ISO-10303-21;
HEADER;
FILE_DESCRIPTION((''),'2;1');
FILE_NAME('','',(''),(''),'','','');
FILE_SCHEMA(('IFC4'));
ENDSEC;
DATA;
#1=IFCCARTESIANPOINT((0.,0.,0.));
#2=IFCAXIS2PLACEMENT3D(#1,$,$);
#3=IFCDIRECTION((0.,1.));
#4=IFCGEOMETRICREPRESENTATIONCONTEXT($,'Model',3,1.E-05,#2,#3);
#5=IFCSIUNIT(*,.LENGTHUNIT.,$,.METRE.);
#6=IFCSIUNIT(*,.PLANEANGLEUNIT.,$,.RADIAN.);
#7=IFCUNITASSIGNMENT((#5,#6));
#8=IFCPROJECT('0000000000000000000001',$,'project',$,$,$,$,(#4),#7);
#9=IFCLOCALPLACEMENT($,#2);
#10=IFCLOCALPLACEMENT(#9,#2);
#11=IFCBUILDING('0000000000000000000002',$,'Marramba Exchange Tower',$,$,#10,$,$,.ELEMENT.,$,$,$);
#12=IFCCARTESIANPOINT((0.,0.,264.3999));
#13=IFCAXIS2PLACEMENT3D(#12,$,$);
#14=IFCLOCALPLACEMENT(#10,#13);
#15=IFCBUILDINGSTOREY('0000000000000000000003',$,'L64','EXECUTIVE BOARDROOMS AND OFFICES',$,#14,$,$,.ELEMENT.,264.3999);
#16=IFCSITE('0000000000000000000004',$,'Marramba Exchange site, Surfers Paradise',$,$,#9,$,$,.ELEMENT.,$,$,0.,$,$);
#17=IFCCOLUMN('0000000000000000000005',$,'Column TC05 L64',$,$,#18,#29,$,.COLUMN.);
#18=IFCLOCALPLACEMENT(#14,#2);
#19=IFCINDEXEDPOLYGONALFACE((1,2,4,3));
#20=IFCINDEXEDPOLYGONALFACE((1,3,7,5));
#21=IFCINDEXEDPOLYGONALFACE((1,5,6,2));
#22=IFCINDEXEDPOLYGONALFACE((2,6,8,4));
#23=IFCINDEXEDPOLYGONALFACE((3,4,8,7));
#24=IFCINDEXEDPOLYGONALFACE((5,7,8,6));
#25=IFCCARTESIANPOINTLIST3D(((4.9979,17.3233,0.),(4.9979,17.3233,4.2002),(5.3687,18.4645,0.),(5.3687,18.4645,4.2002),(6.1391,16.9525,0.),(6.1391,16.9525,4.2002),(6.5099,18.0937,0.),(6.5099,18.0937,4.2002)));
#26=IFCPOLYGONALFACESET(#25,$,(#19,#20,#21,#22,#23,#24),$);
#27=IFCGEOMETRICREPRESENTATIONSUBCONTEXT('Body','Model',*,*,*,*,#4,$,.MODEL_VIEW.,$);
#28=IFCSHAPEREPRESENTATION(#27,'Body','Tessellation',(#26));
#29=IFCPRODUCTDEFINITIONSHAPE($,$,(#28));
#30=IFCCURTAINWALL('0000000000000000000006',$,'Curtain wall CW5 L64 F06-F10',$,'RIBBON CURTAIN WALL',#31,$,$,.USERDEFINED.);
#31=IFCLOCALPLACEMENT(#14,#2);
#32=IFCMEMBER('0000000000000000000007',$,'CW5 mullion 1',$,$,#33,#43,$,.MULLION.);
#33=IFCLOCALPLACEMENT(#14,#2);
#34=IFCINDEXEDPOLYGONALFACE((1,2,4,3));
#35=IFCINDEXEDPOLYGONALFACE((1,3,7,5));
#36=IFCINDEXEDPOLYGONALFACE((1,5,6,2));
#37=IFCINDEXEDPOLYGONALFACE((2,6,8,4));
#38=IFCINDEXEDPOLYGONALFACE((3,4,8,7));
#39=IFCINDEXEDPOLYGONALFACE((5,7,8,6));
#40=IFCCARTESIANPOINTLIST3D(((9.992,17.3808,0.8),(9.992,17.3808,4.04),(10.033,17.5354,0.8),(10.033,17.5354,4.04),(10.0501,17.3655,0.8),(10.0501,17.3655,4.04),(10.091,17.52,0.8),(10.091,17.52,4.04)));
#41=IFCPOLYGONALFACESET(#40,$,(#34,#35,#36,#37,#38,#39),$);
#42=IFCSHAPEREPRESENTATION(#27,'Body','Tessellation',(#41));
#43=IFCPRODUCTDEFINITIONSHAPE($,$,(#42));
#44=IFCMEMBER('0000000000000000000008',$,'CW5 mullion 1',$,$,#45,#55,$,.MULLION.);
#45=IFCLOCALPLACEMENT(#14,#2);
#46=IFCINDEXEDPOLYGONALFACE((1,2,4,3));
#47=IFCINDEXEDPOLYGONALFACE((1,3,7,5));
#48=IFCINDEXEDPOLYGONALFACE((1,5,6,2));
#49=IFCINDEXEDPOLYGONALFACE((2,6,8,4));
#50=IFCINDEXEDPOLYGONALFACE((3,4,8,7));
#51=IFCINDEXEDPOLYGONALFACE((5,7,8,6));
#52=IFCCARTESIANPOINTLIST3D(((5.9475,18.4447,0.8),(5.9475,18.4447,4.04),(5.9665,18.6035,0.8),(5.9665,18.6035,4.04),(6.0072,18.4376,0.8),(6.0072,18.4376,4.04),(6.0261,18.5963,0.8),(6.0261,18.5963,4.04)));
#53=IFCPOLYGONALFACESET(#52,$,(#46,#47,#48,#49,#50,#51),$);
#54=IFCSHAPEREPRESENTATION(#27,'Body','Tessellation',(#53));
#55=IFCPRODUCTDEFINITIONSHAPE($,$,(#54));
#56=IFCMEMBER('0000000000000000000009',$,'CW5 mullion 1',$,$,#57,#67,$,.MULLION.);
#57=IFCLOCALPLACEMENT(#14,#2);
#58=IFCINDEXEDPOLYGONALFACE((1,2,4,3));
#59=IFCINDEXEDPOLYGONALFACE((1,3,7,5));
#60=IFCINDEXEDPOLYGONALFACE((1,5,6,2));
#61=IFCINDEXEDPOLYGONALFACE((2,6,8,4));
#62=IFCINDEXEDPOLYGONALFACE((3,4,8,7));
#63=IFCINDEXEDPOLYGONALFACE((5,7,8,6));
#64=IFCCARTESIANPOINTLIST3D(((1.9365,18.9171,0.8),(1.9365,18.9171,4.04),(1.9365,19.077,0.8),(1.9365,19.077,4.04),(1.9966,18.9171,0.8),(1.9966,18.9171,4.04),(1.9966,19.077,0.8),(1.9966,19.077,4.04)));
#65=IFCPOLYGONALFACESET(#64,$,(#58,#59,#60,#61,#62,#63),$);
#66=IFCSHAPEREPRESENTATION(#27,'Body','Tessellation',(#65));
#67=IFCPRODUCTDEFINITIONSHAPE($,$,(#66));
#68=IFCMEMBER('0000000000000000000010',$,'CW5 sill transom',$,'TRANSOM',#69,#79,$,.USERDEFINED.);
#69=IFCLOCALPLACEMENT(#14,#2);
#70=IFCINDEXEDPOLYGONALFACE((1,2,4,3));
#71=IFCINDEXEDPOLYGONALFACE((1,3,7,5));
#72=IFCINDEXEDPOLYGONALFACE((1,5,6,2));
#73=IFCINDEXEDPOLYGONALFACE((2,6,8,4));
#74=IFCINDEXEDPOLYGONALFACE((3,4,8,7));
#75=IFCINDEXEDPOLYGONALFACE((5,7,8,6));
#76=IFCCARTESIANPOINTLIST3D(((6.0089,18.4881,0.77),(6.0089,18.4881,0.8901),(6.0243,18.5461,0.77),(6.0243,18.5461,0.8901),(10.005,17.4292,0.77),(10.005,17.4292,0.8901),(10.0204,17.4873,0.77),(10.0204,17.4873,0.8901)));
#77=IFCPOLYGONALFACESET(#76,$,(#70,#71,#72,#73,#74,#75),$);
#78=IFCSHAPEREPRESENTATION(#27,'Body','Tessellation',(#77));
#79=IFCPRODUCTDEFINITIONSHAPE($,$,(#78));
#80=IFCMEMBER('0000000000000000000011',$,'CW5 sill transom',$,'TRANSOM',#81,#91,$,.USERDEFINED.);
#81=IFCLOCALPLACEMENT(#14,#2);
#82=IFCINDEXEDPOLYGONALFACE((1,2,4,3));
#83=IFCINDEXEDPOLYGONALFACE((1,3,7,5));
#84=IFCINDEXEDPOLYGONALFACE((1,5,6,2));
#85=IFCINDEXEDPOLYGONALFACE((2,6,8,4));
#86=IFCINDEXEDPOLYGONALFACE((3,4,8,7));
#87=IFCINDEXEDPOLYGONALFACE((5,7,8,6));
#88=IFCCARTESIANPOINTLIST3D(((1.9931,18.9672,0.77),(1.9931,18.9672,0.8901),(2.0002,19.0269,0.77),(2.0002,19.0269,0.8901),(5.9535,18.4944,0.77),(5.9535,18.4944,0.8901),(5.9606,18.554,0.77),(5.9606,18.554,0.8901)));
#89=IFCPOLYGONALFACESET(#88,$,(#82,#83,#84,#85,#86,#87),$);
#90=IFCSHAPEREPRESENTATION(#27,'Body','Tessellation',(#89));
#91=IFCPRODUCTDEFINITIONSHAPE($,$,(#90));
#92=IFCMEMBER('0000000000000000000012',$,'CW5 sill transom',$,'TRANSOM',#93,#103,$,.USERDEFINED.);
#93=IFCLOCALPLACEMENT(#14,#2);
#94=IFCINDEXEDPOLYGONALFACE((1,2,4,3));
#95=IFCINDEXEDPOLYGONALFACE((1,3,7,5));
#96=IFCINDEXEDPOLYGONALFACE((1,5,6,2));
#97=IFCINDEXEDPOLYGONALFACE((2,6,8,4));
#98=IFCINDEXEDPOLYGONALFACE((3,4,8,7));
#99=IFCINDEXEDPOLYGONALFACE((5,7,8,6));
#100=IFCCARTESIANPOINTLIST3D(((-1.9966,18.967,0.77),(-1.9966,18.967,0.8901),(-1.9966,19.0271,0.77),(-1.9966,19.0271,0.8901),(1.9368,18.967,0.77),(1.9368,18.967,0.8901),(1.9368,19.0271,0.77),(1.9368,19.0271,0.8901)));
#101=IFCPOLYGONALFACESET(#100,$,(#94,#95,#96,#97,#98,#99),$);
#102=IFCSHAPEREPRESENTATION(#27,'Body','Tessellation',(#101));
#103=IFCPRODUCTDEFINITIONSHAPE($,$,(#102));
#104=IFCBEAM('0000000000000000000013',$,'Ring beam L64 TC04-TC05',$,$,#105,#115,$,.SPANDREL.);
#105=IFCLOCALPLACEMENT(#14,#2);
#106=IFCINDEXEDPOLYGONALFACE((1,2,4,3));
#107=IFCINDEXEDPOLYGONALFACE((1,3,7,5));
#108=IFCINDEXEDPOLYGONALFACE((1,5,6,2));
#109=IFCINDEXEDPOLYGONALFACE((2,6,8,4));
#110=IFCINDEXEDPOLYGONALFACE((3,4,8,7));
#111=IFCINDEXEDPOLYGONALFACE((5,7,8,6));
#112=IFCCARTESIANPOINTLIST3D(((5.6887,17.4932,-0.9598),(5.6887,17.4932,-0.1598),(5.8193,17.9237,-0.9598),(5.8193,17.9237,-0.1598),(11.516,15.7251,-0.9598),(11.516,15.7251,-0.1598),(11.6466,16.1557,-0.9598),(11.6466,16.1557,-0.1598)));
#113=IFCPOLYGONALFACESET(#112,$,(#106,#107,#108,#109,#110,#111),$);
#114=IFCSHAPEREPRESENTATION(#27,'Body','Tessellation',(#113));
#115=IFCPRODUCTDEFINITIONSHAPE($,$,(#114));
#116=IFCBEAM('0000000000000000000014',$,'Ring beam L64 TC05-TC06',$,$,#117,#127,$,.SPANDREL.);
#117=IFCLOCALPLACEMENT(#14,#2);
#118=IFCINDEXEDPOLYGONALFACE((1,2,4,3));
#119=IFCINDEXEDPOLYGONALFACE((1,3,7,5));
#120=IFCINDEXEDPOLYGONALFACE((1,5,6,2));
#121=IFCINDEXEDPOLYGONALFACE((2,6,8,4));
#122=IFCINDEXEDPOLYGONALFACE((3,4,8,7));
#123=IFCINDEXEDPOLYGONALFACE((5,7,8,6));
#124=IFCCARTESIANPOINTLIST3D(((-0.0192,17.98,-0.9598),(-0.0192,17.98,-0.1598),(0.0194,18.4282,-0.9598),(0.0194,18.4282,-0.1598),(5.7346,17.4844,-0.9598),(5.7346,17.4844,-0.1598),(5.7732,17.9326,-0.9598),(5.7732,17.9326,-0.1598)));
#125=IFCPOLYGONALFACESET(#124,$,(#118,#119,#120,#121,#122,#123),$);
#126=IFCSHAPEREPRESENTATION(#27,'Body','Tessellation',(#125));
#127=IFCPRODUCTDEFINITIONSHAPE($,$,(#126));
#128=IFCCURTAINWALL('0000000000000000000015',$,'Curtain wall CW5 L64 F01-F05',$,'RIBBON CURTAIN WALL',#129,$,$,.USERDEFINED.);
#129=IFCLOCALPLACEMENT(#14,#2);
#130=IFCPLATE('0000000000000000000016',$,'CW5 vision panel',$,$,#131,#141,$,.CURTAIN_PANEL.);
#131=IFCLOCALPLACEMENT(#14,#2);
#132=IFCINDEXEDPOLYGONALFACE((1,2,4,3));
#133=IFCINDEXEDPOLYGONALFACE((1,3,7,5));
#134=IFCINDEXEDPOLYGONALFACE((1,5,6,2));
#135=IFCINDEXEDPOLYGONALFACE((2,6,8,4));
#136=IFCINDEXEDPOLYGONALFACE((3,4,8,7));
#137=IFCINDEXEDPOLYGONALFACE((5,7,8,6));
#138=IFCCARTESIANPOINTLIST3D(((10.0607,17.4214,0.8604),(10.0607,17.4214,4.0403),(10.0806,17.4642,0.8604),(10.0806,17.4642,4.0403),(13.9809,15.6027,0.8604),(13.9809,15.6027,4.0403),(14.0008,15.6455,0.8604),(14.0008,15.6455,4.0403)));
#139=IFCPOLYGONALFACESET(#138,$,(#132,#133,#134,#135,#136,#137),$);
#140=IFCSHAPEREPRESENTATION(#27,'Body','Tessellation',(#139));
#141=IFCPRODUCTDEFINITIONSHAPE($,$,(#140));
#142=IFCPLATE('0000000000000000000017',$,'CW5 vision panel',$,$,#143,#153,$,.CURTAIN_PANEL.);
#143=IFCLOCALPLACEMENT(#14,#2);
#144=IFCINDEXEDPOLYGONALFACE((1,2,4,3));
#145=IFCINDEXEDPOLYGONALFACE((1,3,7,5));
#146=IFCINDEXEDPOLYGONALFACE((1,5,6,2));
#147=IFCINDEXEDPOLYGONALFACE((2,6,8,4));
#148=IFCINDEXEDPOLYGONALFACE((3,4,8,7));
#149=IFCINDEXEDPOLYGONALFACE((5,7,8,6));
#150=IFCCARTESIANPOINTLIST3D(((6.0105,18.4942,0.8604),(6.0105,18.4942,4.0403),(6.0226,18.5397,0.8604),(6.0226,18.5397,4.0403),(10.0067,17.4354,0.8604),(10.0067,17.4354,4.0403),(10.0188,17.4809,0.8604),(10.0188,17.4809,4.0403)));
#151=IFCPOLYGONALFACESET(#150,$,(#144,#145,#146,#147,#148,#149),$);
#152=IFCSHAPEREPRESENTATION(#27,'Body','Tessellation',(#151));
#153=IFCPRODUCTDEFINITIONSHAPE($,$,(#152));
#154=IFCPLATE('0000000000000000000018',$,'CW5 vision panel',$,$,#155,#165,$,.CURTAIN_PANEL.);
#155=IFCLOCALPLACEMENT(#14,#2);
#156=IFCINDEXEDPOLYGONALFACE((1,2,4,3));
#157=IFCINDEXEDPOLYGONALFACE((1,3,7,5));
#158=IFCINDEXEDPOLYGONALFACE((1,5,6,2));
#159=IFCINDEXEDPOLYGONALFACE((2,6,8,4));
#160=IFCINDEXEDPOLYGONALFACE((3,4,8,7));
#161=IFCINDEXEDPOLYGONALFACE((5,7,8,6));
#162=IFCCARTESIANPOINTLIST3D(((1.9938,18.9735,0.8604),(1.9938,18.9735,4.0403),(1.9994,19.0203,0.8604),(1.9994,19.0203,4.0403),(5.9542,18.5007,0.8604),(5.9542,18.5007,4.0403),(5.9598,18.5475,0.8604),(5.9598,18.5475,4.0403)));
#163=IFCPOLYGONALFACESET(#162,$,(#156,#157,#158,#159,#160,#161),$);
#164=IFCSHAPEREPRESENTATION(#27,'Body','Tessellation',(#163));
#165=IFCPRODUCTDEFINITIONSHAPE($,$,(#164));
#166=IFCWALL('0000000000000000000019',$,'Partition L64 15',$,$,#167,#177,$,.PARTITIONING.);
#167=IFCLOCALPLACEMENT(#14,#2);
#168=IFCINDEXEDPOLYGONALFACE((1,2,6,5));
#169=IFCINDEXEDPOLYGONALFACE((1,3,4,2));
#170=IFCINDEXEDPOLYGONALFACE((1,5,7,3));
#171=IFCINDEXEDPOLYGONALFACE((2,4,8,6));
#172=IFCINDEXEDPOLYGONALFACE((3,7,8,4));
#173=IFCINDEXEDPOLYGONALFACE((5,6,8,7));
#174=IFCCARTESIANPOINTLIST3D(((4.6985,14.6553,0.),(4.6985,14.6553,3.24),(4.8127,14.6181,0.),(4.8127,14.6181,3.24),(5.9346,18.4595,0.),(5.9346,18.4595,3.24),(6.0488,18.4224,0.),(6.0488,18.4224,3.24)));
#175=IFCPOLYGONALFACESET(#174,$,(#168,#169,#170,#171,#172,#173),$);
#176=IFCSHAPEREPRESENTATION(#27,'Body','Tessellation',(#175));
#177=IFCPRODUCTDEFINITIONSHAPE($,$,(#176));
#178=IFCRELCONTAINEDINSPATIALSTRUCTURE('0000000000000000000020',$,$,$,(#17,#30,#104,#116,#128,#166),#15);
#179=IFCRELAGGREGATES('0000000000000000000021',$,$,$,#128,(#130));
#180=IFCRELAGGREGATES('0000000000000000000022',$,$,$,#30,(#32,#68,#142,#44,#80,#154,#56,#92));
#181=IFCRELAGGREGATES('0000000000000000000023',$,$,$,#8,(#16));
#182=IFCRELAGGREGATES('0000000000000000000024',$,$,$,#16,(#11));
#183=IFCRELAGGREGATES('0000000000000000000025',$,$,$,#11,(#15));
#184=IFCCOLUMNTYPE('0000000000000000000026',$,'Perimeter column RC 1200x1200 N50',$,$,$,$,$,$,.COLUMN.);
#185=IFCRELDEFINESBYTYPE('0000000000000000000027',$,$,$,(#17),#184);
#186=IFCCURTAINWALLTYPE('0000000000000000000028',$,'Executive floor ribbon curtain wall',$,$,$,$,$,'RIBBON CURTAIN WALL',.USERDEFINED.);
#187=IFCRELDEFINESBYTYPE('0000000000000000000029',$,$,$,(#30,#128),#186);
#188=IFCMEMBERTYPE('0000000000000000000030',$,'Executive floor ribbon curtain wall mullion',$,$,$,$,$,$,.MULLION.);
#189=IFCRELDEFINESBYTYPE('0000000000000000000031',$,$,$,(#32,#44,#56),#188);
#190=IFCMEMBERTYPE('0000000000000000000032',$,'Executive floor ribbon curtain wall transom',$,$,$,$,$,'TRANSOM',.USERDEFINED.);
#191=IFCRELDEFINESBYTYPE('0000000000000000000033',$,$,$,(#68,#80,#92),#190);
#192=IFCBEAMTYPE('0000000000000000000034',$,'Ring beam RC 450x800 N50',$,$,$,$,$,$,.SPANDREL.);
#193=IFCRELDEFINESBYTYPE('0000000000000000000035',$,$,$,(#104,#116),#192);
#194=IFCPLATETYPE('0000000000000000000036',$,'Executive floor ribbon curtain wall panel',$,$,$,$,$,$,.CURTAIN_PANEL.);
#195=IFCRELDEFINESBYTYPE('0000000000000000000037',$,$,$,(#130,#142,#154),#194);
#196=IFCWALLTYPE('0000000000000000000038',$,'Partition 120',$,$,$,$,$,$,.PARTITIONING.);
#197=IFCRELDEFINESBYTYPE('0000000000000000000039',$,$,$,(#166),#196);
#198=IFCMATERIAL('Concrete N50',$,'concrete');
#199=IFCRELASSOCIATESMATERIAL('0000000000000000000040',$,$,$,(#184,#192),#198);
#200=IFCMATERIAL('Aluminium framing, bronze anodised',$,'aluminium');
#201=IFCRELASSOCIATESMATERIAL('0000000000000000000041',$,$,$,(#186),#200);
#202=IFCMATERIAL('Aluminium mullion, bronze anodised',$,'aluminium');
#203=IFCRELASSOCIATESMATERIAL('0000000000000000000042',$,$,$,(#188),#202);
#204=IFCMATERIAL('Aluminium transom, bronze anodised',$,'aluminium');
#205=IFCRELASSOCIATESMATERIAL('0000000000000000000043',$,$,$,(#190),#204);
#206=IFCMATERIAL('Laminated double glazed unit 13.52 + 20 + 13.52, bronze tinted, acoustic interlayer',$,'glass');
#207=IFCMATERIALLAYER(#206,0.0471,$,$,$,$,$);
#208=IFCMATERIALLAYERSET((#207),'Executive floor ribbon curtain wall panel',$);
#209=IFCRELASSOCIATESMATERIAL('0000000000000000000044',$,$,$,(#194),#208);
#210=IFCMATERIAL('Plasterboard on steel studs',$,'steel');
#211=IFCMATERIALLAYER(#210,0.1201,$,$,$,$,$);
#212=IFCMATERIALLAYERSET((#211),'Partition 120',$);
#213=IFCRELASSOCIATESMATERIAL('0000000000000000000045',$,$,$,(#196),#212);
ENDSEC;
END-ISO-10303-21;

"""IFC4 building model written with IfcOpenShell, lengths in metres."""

from ifc_helpers import new_model, si_unit, direction, frame, frame_2d, origin, origin_2d, place, context, subcontext, project, spatial, rectangle, extrude, material, layer, layer_set, material_profile, profile_set, type_object, element, aggregate, save


model = new_model("IFC4")

# Units and contexts
model_context = context("Model", 3, precision=1e-05, world=origin(), true_north=direction((0.0, 1.0)))
body_context = subcontext(model_context, "Body", "Model", "MODEL_VIEW")
ifc_project = project(units=[si_unit("LENGTHUNIT", "METRE"), si_unit("PLANEANGLEUNIT", "RADIAN")], contexts=[model_context])

# Site, building, storey
site_placement = place(None, origin())
site = spatial("IfcSite", under=ifc_project, at=site_placement, Name="Marramba Exchange site, Surfers Paradise", CompositionType="ELEMENT", RefElevation=0.0)
building_placement = place(site_placement, origin())
building = spatial("IfcBuilding", under=site, at=building_placement, Name="Marramba Exchange Tower", CompositionType="ELEMENT")
storey_placement = place(building_placement, frame((0.0, 0.0, 264.3999)))
storey = spatial("IfcBuildingStorey", under=building, at=storey_placement, Name="L64", Description="EXECUTIVE BOARDROOMS AND OFFICES", CompositionType="ELEMENT", Elevation=264.3999)

# Column
ifc_material_1 = material(Name="Concrete N50", Category="concrete")
ifc_material_profile_1 = material_profile(ifc_material_1, rectangle(XDim=1.2, YDim=1.2, at=origin_2d()), Name="RC 1200x1200")
ifc_profile_set_1 = profile_set([ifc_material_profile_1], Name="Concrete N50")
column_type = type_object("IfcColumnType", Name="Perimeter column RC 1200x1200 N50", PredefinedType="COLUMN", material=ifc_profile_set_1)
column_placement = place(storey_placement, frame((5.7539, 17.7085, 0.0), z_axis=(0.0, 0.0, 1.0), x_axis=(0.309017, 0.951057, 0.0)))
element("IfcColumn", 1, at=column_placement, inside=storey, type_object=column_type, Name="Column TC05 L64", PredefinedType="COLUMN", context=body_context, shape_type="SweptSolid", body=[
    extrude(rectangle(XDim=1.2, YDim=1.2, at=origin_2d()), origin(), (0.0, 0.0, 1.0), 4.2002),
])

# Curtain wall, members
ifc_material_2 = material(Name="Aluminium framing, bronze anodised", Category="aluminium")
curtain_wall_type = type_object("IfcCurtainWallType", Name="Executive floor ribbon curtain wall", ElementType="RIBBON CURTAIN WALL", PredefinedType="USERDEFINED", material=ifc_material_2)
curtain_wall_1_placement = place(storey_placement, origin())
curtain_wall_1 = element("IfcCurtainWall", 2, at=curtain_wall_1_placement, inside=storey, type_object=curtain_wall_type, Name="Curtain wall CW5 L64 F06-F10", ObjectType="RIBBON CURTAIN WALL", PredefinedType="USERDEFINED")
ifc_material_3 = material(Name="Aluminium mullion, bronze anodised", Category="aluminium")
ifc_material_profile_2 = material_profile(ifc_material_3, rectangle(XDim=0.1599, YDim=0.0601, at=origin_2d()), Name="CW5 mullion 60x160")
ifc_profile_set_2 = profile_set([ifc_material_profile_2], Name="Aluminium mullion, bronze anodised")
member_type_1 = type_object("IfcMemberType", Name="Executive floor ribbon curtain wall mullion", PredefinedType="MULLION", material=ifc_profile_set_2)
member_1_placement = place(storey_placement, frame((10.0415, 17.4504, 0.8), z_axis=(0.0, 0.0, 1.0), x_axis=(-0.256126, -0.966644, 0.0)))
member_1 = element("IfcMember", 3, at=member_1_placement, type_object=member_type_1, Name="CW5 mullion 1", PredefinedType="MULLION", context=body_context, shape_type="SweptSolid", body=[
    extrude(rectangle(XDim=0.1599, YDim=0.0601, at=origin_2d()), origin(), (0.0, 0.0, 1.0), 3.24),
])
member_2_placement = place(storey_placement, frame((5.9868, 18.5205, 0.8), z_axis=(0.0, 0.0, 1.0), x_axis=(-0.118557, -0.992947, 0.0)))
member_2 = element("IfcMember", 4, at=member_2_placement, type_object=member_type_1, Name="CW5 mullion 1", PredefinedType="MULLION", context=body_context, shape_type="SweptSolid", body=[
    extrude(rectangle(XDim=0.1599, YDim=0.0601, at=origin_2d()), origin(), (0.0, 0.0, 1.0), 3.24),
])
member_3_placement = place(storey_placement, frame((1.9666, 18.9971, 0.8), z_axis=(0.0, 0.0, 1.0), x_axis=(0.0, -1.0, 0.0)))
member_3 = element("IfcMember", 5, at=member_3_placement, type_object=member_type_1, Name="CW5 mullion 1", PredefinedType="MULLION", context=body_context, shape_type="SweptSolid", body=[
    extrude(rectangle(XDim=0.1599, YDim=0.0601, at=origin_2d()), origin(), (0.0, 0.0, 1.0), 3.24),
])
ifc_material_4 = material(Name="Aluminium transom, bronze anodised", Category="aluminium")
ifc_material_profile_3 = material_profile(ifc_material_4, rectangle(XDim=0.0601, YDim=0.1201, at=origin_2d()), Name="CW5 transom 60x120")
ifc_profile_set_3 = profile_set([ifc_material_profile_3], Name="Aluminium transom, bronze anodised")
member_type_2 = type_object("IfcMemberType", Name="Executive floor ribbon curtain wall transom", ElementType="TRANSOM", PredefinedType="USERDEFINED", material=ifc_profile_set_3)
member_4_placement = place(storey_placement, frame((10.0127, 17.4583, 0.8301), z_axis=(-0.966642, 0.25613, 0.0), x_axis=(-0.25613, -0.966642, 0.0)))
member_4 = element("IfcMember", 6, at=member_4_placement, type_object=member_type_2, Name="CW5 sill transom", ObjectType="TRANSOM", PredefinedType="USERDEFINED", context=body_context, shape_type="SweptSolid", body=[
    extrude(rectangle(XDim=0.0601, YDim=0.1201, at=origin_2d()), origin(), (0.0, 0.0, 1.0), 4.134),
])
member_5_placement = place(storey_placement, frame((5.957, 18.5242, 0.8301), z_axis=(-0.992946, 0.118564, 0.0), x_axis=(-0.118564, -0.992946, 0.0)))
member_5 = element("IfcMember", 7, at=member_5_placement, type_object=member_type_2, Name="CW5 sill transom", ObjectType="TRANSOM", PredefinedType="USERDEFINED", context=body_context, shape_type="SweptSolid", body=[
    extrude(rectangle(XDim=0.0601, YDim=0.1201, at=origin_2d()), origin(), (0.0, 0.0, 1.0), 3.9885),
])
member_6_placement = place(storey_placement, frame((1.9368, 18.9971, 0.8301), z_axis=(-1.0, 0.0, 0.0), x_axis=(0.0, -1.0, 0.0)))
member_6 = element("IfcMember", 8, at=member_6_placement, type_object=member_type_2, Name="CW5 sill transom", ObjectType="TRANSOM", PredefinedType="USERDEFINED", context=body_context, shape_type="SweptSolid", body=[
    extrude(rectangle(XDim=0.0601, YDim=0.1201, at=origin_2d()), origin(), (0.0, 0.0, 1.0), 3.9333),
])

# Beams
ifc_material_profile_4 = material_profile(ifc_material_1, rectangle(XDim=0.45, YDim=0.8, at=origin_2d()), Name="RC 450x800")
ifc_profile_set_4 = profile_set([ifc_material_profile_4], Name="Concrete N50")
beam_type = type_object("IfcBeamType", Name="Ring beam RC 450x800 N50", PredefinedType="SPANDREL", material=ifc_profile_set_4)
beam_1_placement = place(storey_placement, frame((11.5813, 15.9404, -0.5598), z_axis=(-0.956925, 0.290337, 0.0), x_axis=(-0.290337, -0.956925, 0.0)))
element("IfcBeam", 9, at=beam_1_placement, inside=storey, type_object=beam_type, Name="Ring beam L64 TC04-TC05", PredefinedType="SPANDREL", context=body_context, shape_type="SweptSolid", body=[
    extrude(rectangle(XDim=0.45, YDim=0.8, at=origin_2d()), origin(), (0.0, 0.0, 1.0), 6.0896),
])
beam_2_placement = place(storey_placement, frame((5.7539, 17.7085, -0.5598), z_axis=(-0.996311, 0.085816, 0.0), x_axis=(-0.085816, -0.996311, 0.0)))
element("IfcBeam", 10, at=beam_2_placement, inside=storey, type_object=beam_type, Name="Ring beam L64 TC05-TC06", PredefinedType="SPANDREL", context=body_context, shape_type="SweptSolid", body=[
    extrude(rectangle(XDim=0.45, YDim=0.8, at=origin_2d()), origin(), (0.0, 0.0, 1.0), 5.7751),
])

# Curtain wall, plate
curtain_wall_2_placement = place(storey_placement, origin())
curtain_wall_2 = element("IfcCurtainWall", 11, at=curtain_wall_2_placement, inside=storey, type_object=curtain_wall_type, Name="Curtain wall CW5 L64 F01-F05", ObjectType="RIBBON CURTAIN WALL", PredefinedType="USERDEFINED")
ifc_material_5 = material(Name="Laminated double glazed unit 13.52 + 20 + 13.52, bronze tinted, acoustic interlayer", Category="glass")
ifc_layer_1 = layer(ifc_material_5, 0.0471)
ifc_layer_set_1 = layer_set([ifc_layer_1], Name="Executive floor ribbon curtain wall panel")
plate_type = type_object("IfcPlateType", Name="Executive floor ribbon curtain wall panel", PredefinedType="CURTAIN_PANEL", material=ifc_layer_set_1)
plate_1_placement = place(storey_placement, frame((12.0308, 16.5334, 0.8604), z_axis=(0.0, 0.0, 1.0), x_axis=(-0.907131, 0.420849, 0.0)))
plate_1 = element("IfcPlate", 12, at=plate_1_placement, type_object=plate_type, Name="CW5 vision panel", PredefinedType="CURTAIN_PANEL", context=body_context, shape_type="SweptSolid", body=[
    extrude(rectangle(XDim=4.3215, YDim=0.0471, at=origin_2d()), origin(), (0.0, 0.0, 1.0), 3.1799),
])
aggregate(curtain_wall_2, [plate_1])

# Plates
plate_2_placement = place(storey_placement, frame((8.0146, 17.9875, 0.8604), z_axis=(0.0, 0.0, 1.0), x_axis=(-0.966644, 0.256126, 0.0)))
plate_2 = element("IfcPlate", 13, at=plate_2_placement, type_object=plate_type, Name="CW5 vision panel", PredefinedType="CURTAIN_PANEL", context=body_context, shape_type="SweptSolid", body=[
    extrude(rectangle(XDim=4.134, YDim=0.0471, at=origin_2d()), origin(), (0.0, 0.0, 1.0), 3.1799),
])
plate_3_placement = place(storey_placement, frame((3.9768, 18.7605, 0.8604), z_axis=(0.0, 0.0, 1.0), x_axis=(-0.992947, 0.118557, 0.0)))
plate_3 = element("IfcPlate", 14, at=plate_3_placement, type_object=plate_type, Name="CW5 vision panel", PredefinedType="CURTAIN_PANEL", context=body_context, shape_type="SweptSolid", body=[
    extrude(rectangle(XDim=3.9885, YDim=0.0471, at=origin_2d()), origin(), (0.0, 0.0, 1.0), 3.1799),
])
aggregate(curtain_wall_1, [member_1, member_4, plate_2, member_2, member_5, plate_3, member_3, member_6])

# Wall
ifc_material_6 = material(Name="Plasterboard on steel studs", Category="steel")
ifc_layer_2 = layer(ifc_material_6, 0.1201)
ifc_layer_set_2 = layer_set([ifc_layer_2], Name="Partition 120")
wall_type = type_object("IfcWallType", Name="Partition 120", PredefinedType="PARTITIONING", material=ifc_layer_set_2)
wall_placement = place(storey_placement, frame((5.9917, 18.4409, 0.0), z_axis=(0.0, 0.0, 1.0), x_axis=(-0.309023, -0.951055, 0.0)))
element("IfcWall", 15, at=wall_placement, inside=storey, type_object=wall_type, Name="Partition L64 15", PredefinedType="PARTITIONING", context=body_context, shape_type="SweptSolid", body=[
    extrude(rectangle(XDim=4.0, YDim=0.1201, at=frame_2d((2.0, 0.0))), origin(), (0.0, 0.0, 1.0), 3.24),
])

save(model, "model.ifc")
